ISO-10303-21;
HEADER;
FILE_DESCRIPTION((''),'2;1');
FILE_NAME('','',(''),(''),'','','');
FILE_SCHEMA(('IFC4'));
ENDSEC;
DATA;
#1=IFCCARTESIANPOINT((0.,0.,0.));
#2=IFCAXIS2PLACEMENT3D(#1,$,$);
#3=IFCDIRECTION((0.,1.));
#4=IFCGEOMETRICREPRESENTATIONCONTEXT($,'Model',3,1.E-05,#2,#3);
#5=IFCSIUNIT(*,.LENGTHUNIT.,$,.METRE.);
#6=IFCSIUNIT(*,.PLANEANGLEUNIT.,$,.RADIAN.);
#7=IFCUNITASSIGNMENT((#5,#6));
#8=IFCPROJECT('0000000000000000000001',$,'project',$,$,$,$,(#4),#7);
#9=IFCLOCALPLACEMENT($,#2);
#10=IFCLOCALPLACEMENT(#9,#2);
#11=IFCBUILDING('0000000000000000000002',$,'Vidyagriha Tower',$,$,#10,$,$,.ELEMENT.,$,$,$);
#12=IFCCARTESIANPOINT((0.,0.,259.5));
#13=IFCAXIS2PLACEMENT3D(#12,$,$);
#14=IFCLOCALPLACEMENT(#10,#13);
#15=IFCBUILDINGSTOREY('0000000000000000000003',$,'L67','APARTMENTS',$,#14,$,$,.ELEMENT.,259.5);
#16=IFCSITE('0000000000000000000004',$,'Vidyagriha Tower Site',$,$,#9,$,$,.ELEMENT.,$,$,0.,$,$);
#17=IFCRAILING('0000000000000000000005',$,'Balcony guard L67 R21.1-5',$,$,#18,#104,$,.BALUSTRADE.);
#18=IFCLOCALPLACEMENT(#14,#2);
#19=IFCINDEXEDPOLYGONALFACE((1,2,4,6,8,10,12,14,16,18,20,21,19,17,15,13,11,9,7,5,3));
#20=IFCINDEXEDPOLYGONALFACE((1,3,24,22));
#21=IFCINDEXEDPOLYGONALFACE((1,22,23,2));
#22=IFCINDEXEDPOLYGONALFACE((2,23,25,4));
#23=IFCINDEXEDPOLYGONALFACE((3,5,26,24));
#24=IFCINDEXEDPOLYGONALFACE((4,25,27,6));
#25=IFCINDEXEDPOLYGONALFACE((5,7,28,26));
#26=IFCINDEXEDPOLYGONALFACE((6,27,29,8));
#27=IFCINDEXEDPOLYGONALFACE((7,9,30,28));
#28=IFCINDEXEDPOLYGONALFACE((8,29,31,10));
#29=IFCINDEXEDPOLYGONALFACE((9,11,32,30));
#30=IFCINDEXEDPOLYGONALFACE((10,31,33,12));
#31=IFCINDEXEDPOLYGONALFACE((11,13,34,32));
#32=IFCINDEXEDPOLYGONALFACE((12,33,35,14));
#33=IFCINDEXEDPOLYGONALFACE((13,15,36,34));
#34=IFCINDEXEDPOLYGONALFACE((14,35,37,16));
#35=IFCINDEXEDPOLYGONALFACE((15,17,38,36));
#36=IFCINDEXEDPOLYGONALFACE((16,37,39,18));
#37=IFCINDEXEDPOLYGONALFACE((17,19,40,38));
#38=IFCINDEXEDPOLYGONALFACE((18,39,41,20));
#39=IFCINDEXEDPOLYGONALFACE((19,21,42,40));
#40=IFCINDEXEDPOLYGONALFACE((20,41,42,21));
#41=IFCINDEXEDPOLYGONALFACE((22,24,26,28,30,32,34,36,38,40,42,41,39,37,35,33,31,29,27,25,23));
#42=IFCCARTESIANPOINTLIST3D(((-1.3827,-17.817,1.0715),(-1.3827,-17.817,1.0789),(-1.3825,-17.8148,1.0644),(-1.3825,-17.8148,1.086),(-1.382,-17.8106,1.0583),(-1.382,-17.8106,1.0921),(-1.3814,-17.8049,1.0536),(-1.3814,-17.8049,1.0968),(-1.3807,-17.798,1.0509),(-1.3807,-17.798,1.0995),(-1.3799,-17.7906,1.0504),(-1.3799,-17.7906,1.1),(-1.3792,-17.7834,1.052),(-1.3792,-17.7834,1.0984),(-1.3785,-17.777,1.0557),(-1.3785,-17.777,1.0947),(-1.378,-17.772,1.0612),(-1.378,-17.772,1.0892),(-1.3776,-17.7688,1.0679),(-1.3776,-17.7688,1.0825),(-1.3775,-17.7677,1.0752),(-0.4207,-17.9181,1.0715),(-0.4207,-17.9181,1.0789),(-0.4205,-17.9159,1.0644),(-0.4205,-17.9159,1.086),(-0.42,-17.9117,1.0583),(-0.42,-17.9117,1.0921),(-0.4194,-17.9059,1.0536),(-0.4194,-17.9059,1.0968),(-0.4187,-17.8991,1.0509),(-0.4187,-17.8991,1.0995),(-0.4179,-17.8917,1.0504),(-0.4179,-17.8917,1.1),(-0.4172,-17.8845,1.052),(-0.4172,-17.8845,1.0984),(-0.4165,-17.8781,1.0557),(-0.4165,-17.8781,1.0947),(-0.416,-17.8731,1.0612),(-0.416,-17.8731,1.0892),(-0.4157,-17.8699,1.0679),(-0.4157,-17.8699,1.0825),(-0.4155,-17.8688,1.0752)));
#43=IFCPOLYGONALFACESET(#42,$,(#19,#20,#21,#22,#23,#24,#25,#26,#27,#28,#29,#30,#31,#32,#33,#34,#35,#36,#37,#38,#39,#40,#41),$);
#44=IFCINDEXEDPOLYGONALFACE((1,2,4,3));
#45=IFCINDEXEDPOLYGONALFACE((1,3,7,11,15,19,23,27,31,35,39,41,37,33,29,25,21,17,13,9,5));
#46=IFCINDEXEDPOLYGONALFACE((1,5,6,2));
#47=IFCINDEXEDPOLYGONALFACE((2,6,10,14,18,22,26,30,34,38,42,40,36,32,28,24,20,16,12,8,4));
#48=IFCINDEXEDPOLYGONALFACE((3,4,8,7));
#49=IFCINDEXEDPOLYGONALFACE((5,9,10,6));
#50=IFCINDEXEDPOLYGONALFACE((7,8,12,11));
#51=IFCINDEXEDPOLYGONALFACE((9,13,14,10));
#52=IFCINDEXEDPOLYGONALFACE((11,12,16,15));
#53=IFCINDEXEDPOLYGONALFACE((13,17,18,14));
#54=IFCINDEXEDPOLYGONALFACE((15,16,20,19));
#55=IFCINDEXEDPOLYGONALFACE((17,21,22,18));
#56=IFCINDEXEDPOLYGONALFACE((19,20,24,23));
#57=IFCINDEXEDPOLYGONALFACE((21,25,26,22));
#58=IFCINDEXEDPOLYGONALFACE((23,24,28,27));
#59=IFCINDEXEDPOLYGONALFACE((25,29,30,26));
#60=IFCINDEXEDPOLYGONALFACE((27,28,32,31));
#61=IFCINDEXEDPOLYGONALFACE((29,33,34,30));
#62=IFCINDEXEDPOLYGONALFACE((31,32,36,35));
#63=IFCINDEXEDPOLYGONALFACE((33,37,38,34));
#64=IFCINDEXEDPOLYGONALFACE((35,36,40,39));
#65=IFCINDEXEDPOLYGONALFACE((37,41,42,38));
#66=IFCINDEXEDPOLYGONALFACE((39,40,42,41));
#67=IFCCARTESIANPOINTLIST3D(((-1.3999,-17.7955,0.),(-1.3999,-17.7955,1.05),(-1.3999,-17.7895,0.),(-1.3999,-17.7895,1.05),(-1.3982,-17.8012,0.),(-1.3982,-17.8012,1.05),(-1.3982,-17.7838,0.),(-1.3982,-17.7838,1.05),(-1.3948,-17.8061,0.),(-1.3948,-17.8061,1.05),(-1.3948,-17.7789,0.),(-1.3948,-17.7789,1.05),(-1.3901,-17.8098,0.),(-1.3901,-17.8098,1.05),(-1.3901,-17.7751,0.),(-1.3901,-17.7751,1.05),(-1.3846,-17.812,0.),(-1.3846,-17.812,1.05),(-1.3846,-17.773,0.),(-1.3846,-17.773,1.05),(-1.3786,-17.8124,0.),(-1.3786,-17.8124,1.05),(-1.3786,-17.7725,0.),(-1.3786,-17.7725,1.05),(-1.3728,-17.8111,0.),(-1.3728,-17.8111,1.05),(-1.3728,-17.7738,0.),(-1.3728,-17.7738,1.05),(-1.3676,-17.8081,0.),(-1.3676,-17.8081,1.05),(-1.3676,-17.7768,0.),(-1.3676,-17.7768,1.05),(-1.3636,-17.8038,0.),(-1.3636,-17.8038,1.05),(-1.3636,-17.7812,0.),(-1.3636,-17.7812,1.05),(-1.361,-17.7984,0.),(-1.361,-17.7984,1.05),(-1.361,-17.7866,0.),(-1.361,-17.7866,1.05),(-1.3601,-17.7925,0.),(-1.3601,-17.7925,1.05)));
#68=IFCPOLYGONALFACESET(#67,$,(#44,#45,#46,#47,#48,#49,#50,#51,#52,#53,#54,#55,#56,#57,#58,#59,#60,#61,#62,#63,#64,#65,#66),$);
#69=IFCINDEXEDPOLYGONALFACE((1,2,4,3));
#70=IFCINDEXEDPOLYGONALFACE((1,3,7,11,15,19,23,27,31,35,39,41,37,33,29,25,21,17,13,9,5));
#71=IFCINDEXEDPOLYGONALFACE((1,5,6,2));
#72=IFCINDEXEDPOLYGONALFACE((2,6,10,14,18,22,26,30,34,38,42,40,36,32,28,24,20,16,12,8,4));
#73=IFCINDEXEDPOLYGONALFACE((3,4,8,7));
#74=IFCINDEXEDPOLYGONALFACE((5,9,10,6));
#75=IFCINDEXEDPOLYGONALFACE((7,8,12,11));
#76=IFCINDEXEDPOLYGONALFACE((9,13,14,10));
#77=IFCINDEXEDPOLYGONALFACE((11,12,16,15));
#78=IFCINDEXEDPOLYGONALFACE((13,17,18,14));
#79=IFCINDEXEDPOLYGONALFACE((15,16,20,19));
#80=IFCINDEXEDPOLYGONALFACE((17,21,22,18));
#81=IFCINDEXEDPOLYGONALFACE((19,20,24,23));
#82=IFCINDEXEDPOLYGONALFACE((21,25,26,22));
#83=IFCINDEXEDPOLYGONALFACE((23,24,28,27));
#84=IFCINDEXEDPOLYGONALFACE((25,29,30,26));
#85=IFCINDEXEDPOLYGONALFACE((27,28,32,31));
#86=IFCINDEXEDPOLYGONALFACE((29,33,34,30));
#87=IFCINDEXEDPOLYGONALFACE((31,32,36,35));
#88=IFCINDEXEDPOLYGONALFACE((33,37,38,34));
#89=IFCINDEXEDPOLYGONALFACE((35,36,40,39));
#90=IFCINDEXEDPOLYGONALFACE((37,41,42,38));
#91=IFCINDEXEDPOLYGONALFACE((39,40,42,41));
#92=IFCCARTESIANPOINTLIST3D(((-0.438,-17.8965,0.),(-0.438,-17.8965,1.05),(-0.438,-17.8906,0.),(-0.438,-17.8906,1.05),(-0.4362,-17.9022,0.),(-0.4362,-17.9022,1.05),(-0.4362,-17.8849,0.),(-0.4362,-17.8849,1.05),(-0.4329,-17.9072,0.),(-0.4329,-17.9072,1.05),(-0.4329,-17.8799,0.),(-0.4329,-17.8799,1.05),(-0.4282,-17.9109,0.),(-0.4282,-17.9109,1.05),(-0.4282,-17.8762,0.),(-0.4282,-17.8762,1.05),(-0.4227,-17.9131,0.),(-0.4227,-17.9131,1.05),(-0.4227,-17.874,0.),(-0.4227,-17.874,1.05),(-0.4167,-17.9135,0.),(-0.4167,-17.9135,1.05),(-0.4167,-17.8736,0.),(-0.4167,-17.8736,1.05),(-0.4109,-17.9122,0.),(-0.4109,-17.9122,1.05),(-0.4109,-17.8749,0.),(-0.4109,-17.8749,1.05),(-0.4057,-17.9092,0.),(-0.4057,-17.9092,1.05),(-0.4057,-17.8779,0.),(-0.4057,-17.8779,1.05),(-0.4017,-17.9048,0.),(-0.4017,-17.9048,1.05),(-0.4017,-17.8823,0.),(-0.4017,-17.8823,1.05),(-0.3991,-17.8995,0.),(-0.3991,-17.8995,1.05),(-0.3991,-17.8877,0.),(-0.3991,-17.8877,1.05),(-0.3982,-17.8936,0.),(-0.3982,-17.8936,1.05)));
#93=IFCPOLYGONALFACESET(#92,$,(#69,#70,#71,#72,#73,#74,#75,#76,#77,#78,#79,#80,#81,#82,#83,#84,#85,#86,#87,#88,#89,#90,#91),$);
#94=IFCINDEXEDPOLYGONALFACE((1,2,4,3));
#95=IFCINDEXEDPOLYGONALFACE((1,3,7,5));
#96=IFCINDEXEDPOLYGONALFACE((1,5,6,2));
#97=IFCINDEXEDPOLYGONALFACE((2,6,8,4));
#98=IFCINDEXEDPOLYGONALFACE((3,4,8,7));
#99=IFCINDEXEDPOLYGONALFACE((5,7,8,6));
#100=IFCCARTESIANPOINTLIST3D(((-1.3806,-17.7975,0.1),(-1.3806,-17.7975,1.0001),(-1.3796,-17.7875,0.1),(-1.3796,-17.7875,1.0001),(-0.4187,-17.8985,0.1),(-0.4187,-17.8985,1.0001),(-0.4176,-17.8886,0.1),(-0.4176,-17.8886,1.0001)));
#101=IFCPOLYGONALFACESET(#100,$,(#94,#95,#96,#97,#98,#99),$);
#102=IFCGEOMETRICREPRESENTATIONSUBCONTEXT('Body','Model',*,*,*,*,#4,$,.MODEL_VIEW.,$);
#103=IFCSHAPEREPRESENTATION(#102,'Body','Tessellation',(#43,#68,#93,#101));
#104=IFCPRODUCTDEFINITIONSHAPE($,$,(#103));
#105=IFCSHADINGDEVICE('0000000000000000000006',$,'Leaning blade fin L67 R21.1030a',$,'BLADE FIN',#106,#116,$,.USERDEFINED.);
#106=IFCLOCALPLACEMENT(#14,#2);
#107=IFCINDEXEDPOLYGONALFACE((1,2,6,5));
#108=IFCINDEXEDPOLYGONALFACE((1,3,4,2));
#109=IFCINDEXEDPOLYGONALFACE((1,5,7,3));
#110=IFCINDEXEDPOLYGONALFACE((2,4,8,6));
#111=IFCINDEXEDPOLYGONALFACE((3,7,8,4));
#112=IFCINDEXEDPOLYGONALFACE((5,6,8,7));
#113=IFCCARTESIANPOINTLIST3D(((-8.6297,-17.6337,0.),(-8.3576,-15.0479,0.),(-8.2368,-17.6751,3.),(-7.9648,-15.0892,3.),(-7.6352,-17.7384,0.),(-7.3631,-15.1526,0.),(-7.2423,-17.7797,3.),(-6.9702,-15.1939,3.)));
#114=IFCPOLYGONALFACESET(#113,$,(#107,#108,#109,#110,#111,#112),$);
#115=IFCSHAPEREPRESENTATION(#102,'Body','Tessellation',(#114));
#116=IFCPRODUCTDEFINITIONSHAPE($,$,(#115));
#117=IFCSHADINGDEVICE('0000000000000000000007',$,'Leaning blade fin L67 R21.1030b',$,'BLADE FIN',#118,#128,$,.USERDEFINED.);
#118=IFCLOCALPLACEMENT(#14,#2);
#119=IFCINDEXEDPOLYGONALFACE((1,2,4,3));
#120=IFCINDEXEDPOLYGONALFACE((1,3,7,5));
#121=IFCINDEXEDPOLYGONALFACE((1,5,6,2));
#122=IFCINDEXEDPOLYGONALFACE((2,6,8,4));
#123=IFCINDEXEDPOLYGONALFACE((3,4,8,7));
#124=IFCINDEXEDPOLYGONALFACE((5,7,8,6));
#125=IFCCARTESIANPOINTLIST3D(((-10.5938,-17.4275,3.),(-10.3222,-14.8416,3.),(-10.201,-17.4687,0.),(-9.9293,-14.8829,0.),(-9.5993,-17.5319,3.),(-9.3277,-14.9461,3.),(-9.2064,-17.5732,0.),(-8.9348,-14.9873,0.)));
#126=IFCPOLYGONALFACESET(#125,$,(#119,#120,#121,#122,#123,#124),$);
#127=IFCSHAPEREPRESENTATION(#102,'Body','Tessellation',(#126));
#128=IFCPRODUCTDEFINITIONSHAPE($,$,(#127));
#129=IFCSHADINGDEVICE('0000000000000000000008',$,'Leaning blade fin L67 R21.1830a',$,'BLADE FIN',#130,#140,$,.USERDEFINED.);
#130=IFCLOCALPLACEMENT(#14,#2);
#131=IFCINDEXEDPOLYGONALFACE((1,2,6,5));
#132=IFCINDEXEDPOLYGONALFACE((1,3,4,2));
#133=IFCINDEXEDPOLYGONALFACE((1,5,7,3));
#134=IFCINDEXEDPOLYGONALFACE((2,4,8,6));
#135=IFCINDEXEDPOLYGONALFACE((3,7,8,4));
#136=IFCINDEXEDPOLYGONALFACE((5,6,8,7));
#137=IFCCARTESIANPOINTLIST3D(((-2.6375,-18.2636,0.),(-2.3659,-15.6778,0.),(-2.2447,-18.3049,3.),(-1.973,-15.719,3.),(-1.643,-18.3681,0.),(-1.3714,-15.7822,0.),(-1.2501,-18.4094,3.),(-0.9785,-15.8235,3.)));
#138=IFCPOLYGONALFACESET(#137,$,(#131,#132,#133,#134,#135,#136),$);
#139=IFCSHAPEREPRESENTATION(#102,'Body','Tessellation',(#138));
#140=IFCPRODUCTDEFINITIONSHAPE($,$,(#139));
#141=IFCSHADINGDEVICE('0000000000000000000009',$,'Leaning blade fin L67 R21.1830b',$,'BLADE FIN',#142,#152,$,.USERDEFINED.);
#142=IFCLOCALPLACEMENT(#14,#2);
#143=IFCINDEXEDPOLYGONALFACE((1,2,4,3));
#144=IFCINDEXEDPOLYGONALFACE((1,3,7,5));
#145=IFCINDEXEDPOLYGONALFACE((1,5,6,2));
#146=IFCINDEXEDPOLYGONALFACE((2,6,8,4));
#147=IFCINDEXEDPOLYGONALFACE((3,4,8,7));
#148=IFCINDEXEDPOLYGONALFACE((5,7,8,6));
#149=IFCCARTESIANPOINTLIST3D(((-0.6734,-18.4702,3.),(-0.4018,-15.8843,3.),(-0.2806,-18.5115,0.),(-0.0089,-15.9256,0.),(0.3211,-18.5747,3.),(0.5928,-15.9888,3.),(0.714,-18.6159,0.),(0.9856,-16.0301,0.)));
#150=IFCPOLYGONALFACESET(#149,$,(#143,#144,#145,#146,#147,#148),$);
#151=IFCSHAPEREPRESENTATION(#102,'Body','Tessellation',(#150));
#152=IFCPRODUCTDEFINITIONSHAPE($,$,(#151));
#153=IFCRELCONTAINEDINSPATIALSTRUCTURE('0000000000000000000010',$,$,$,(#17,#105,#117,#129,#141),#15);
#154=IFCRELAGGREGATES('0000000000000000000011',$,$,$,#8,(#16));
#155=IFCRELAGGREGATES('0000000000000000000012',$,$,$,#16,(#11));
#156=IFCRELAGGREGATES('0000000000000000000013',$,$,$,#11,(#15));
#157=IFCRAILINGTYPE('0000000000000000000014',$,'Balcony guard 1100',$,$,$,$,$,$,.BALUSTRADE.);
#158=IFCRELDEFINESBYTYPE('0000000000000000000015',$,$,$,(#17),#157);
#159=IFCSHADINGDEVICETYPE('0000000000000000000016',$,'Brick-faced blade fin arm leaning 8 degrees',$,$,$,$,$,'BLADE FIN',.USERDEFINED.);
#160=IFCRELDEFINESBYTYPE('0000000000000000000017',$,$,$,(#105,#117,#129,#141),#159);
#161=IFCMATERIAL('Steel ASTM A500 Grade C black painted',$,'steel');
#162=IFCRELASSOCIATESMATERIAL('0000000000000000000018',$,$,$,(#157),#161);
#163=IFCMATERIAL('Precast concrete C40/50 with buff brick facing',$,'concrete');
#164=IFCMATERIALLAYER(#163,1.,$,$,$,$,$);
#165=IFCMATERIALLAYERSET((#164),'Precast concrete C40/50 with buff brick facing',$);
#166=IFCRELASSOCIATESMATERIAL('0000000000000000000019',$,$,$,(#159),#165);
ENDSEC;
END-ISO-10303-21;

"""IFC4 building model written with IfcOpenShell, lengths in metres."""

from ifc_helpers import new_model, si_unit, direction, frame, origin, origin_2d, place, context, subcontext, project, spatial, polyline, rectangle, circle, outline, extrude, material, layer, layer_set, type_object, element, save


model = new_model("IFC4")

# Units and contexts
model_context = context("Model", 3, precision=1e-05, world=origin(), true_north=direction((0.0, 1.0)))
body_context = subcontext(model_context, "Body", "Model", "MODEL_VIEW")
ifc_project = project(units=[si_unit("LENGTHUNIT", "METRE"), si_unit("PLANEANGLEUNIT", "RADIAN")], contexts=[model_context])

# Site, building, storey
site_placement = place(None, origin())
site = spatial("IfcSite", under=ifc_project, at=site_placement, Name="Vidyagriha Tower Site", CompositionType="ELEMENT", RefElevation=0.0)
building_placement = place(site_placement, origin())
building = spatial("IfcBuilding", under=site, at=building_placement, Name="Vidyagriha Tower", CompositionType="ELEMENT")
storey_placement = place(building_placement, frame((0.0, 0.0, 259.5)))
storey = spatial("IfcBuildingStorey", under=building, at=storey_placement, Name="L67", Description="APARTMENTS", CompositionType="ELEMENT", Elevation=259.5)

# Railing
ifc_material_1 = material(Name="Steel ASTM A500 Grade C black painted", Category="steel")
railing_type = type_object("IfcRailingType", Name="Balcony guard 1100", PredefinedType="BALUSTRADE", material=ifc_material_1)
railing_1_placement = place(storey_placement, frame((-1.3801, -17.7925, 0.0)))
element("IfcRailing", 1, at=railing_1_placement, inside=storey, type_object=railing_type, Name="Balcony guard L67 R21.1-5", PredefinedType="BALUSTRADE", context=body_context, shape_type="SweptSolid", body=[
    extrude(circle(Radius=0.0249, at=origin_2d()), frame((0.0, 0.0, 1.0752), z_axis=(0.994525, -0.104501, 0.0), x_axis=(0.104501, 0.994525, 0.0)), (0.0, 0.0, 1.0), 0.9673),
    extrude(circle(Radius=0.02, at=origin_2d()), origin(), (0.0, 0.0, 1.0), 1.05),
    extrude(circle(Radius=0.02, at=origin_2d()), frame((0.9619, -0.1011, 0.0)), (0.0, 0.0, 1.0), 1.05),
    extrude(rectangle(XDim=0.01, YDim=0.9001, at=origin_2d()), frame((0.0, 0.0, 0.55), z_axis=(0.994525, -0.104501, 0.0), x_axis=(0.104501, 0.994525, 0.0)), (0.0, 0.0, 1.0), 0.9673),
])

# Shading devices
ifc_material_2 = material(Name="Precast concrete C40/50 with buff brick facing", Category="concrete")
ifc_layer_1 = layer(ifc_material_2, 1.0)
ifc_layer_set_1 = layer_set([ifc_layer_1], Name="Precast concrete C40/50 with buff brick facing")
shading_device_type = type_object("IfcShadingDeviceType", Name="Brick-faced blade fin arm leaning 8 degrees", ElementType="BLADE FIN", PredefinedType="USERDEFINED", material=ifc_layer_set_1)
shading_device_1_placement = place(storey_placement, frame((-8.4937, -16.3408, 0.0), z_axis=(0.0, 0.0, 1.0), x_axis=(0.994509, -0.104648, 0.0)))
element("IfcShadingDevice", 2, at=shading_device_1_placement, inside=storey, type_object=shading_device_type, Name="Leaning blade fin L67 R21.1030a", ObjectType="BLADE FIN", PredefinedType="USERDEFINED", context=body_context, shape_type="SweptSolid", body=[
    extrude(outline(polyline([(0.0, 0.0), (1.0, 0.0), (1.395, 3.0), (0.395, 3.0), (0.0, 0.0)])), frame((0.0, 1.3, 0.0), z_axis=(0.0, -1.0, 0.0), x_axis=(1.0, 0.0, 0.0)), (0.0, 0.0, 1.0), 2.6001),
])
shading_device_2_placement = place(storey_placement, frame((-10.458, -16.1345, 0.0), z_axis=(0.0, 0.0, 1.0), x_axis=(0.994527, -0.104475, 0.0)))
element("IfcShadingDevice", 3, at=shading_device_2_placement, inside=storey, type_object=shading_device_type, Name="Leaning blade fin L67 R21.1030b", ObjectType="BLADE FIN", PredefinedType="USERDEFINED", context=body_context, shape_type="SweptSolid", body=[
    extrude(outline(polyline([(0.395, 0.0), (1.395, 0.0), (1.0, 3.0), (0.0, 3.0), (0.395, 0.0)])), frame((0.0, 1.3, 0.0), z_axis=(0.0, -1.0, 0.0), x_axis=(1.0, 0.0, 0.0)), (0.0, 0.0, 1.0), 2.6001),
])
shading_device_3_placement = place(storey_placement, frame((-2.5017, -16.9707, 0.0), z_axis=(0.0, 0.0, 1.0), x_axis=(0.994527, -0.104475, 0.0)))
element("IfcShadingDevice", 4, at=shading_device_3_placement, inside=storey, type_object=shading_device_type, Name="Leaning blade fin L67 R21.1830a", ObjectType="BLADE FIN", PredefinedType="USERDEFINED", context=body_context, shape_type="SweptSolid", body=[
    extrude(outline(polyline([(0.0, 0.0), (1.0, 0.0), (1.395, 3.0), (0.395, 3.0), (0.0, 0.0)])), frame((0.0, 1.3, 0.0), z_axis=(0.0, -1.0, 0.0), x_axis=(1.0, 0.0, 0.0)), (0.0, 0.0, 1.0), 2.6001),
])
shading_device_4_placement = place(storey_placement, frame((-0.5376, -17.1772, 0.0), z_axis=(0.0, 0.0, 1.0), x_axis=(0.994527, -0.104475, 0.0)))
element("IfcShadingDevice", 5, at=shading_device_4_placement, inside=storey, type_object=shading_device_type, Name="Leaning blade fin L67 R21.1830b", ObjectType="BLADE FIN", PredefinedType="USERDEFINED", context=body_context, shape_type="SweptSolid", body=[
    extrude(outline(polyline([(0.395, 0.0), (1.395, 0.0), (1.0, 3.0), (0.0, 3.0), (0.395, 0.0)])), frame((0.0, 1.3, 0.0), z_axis=(0.0, -1.0, 0.0), x_axis=(1.0, 0.0, 0.0)), (0.0, 0.0, 1.0), 2.6001),
])

save(model, "model.ifc")
